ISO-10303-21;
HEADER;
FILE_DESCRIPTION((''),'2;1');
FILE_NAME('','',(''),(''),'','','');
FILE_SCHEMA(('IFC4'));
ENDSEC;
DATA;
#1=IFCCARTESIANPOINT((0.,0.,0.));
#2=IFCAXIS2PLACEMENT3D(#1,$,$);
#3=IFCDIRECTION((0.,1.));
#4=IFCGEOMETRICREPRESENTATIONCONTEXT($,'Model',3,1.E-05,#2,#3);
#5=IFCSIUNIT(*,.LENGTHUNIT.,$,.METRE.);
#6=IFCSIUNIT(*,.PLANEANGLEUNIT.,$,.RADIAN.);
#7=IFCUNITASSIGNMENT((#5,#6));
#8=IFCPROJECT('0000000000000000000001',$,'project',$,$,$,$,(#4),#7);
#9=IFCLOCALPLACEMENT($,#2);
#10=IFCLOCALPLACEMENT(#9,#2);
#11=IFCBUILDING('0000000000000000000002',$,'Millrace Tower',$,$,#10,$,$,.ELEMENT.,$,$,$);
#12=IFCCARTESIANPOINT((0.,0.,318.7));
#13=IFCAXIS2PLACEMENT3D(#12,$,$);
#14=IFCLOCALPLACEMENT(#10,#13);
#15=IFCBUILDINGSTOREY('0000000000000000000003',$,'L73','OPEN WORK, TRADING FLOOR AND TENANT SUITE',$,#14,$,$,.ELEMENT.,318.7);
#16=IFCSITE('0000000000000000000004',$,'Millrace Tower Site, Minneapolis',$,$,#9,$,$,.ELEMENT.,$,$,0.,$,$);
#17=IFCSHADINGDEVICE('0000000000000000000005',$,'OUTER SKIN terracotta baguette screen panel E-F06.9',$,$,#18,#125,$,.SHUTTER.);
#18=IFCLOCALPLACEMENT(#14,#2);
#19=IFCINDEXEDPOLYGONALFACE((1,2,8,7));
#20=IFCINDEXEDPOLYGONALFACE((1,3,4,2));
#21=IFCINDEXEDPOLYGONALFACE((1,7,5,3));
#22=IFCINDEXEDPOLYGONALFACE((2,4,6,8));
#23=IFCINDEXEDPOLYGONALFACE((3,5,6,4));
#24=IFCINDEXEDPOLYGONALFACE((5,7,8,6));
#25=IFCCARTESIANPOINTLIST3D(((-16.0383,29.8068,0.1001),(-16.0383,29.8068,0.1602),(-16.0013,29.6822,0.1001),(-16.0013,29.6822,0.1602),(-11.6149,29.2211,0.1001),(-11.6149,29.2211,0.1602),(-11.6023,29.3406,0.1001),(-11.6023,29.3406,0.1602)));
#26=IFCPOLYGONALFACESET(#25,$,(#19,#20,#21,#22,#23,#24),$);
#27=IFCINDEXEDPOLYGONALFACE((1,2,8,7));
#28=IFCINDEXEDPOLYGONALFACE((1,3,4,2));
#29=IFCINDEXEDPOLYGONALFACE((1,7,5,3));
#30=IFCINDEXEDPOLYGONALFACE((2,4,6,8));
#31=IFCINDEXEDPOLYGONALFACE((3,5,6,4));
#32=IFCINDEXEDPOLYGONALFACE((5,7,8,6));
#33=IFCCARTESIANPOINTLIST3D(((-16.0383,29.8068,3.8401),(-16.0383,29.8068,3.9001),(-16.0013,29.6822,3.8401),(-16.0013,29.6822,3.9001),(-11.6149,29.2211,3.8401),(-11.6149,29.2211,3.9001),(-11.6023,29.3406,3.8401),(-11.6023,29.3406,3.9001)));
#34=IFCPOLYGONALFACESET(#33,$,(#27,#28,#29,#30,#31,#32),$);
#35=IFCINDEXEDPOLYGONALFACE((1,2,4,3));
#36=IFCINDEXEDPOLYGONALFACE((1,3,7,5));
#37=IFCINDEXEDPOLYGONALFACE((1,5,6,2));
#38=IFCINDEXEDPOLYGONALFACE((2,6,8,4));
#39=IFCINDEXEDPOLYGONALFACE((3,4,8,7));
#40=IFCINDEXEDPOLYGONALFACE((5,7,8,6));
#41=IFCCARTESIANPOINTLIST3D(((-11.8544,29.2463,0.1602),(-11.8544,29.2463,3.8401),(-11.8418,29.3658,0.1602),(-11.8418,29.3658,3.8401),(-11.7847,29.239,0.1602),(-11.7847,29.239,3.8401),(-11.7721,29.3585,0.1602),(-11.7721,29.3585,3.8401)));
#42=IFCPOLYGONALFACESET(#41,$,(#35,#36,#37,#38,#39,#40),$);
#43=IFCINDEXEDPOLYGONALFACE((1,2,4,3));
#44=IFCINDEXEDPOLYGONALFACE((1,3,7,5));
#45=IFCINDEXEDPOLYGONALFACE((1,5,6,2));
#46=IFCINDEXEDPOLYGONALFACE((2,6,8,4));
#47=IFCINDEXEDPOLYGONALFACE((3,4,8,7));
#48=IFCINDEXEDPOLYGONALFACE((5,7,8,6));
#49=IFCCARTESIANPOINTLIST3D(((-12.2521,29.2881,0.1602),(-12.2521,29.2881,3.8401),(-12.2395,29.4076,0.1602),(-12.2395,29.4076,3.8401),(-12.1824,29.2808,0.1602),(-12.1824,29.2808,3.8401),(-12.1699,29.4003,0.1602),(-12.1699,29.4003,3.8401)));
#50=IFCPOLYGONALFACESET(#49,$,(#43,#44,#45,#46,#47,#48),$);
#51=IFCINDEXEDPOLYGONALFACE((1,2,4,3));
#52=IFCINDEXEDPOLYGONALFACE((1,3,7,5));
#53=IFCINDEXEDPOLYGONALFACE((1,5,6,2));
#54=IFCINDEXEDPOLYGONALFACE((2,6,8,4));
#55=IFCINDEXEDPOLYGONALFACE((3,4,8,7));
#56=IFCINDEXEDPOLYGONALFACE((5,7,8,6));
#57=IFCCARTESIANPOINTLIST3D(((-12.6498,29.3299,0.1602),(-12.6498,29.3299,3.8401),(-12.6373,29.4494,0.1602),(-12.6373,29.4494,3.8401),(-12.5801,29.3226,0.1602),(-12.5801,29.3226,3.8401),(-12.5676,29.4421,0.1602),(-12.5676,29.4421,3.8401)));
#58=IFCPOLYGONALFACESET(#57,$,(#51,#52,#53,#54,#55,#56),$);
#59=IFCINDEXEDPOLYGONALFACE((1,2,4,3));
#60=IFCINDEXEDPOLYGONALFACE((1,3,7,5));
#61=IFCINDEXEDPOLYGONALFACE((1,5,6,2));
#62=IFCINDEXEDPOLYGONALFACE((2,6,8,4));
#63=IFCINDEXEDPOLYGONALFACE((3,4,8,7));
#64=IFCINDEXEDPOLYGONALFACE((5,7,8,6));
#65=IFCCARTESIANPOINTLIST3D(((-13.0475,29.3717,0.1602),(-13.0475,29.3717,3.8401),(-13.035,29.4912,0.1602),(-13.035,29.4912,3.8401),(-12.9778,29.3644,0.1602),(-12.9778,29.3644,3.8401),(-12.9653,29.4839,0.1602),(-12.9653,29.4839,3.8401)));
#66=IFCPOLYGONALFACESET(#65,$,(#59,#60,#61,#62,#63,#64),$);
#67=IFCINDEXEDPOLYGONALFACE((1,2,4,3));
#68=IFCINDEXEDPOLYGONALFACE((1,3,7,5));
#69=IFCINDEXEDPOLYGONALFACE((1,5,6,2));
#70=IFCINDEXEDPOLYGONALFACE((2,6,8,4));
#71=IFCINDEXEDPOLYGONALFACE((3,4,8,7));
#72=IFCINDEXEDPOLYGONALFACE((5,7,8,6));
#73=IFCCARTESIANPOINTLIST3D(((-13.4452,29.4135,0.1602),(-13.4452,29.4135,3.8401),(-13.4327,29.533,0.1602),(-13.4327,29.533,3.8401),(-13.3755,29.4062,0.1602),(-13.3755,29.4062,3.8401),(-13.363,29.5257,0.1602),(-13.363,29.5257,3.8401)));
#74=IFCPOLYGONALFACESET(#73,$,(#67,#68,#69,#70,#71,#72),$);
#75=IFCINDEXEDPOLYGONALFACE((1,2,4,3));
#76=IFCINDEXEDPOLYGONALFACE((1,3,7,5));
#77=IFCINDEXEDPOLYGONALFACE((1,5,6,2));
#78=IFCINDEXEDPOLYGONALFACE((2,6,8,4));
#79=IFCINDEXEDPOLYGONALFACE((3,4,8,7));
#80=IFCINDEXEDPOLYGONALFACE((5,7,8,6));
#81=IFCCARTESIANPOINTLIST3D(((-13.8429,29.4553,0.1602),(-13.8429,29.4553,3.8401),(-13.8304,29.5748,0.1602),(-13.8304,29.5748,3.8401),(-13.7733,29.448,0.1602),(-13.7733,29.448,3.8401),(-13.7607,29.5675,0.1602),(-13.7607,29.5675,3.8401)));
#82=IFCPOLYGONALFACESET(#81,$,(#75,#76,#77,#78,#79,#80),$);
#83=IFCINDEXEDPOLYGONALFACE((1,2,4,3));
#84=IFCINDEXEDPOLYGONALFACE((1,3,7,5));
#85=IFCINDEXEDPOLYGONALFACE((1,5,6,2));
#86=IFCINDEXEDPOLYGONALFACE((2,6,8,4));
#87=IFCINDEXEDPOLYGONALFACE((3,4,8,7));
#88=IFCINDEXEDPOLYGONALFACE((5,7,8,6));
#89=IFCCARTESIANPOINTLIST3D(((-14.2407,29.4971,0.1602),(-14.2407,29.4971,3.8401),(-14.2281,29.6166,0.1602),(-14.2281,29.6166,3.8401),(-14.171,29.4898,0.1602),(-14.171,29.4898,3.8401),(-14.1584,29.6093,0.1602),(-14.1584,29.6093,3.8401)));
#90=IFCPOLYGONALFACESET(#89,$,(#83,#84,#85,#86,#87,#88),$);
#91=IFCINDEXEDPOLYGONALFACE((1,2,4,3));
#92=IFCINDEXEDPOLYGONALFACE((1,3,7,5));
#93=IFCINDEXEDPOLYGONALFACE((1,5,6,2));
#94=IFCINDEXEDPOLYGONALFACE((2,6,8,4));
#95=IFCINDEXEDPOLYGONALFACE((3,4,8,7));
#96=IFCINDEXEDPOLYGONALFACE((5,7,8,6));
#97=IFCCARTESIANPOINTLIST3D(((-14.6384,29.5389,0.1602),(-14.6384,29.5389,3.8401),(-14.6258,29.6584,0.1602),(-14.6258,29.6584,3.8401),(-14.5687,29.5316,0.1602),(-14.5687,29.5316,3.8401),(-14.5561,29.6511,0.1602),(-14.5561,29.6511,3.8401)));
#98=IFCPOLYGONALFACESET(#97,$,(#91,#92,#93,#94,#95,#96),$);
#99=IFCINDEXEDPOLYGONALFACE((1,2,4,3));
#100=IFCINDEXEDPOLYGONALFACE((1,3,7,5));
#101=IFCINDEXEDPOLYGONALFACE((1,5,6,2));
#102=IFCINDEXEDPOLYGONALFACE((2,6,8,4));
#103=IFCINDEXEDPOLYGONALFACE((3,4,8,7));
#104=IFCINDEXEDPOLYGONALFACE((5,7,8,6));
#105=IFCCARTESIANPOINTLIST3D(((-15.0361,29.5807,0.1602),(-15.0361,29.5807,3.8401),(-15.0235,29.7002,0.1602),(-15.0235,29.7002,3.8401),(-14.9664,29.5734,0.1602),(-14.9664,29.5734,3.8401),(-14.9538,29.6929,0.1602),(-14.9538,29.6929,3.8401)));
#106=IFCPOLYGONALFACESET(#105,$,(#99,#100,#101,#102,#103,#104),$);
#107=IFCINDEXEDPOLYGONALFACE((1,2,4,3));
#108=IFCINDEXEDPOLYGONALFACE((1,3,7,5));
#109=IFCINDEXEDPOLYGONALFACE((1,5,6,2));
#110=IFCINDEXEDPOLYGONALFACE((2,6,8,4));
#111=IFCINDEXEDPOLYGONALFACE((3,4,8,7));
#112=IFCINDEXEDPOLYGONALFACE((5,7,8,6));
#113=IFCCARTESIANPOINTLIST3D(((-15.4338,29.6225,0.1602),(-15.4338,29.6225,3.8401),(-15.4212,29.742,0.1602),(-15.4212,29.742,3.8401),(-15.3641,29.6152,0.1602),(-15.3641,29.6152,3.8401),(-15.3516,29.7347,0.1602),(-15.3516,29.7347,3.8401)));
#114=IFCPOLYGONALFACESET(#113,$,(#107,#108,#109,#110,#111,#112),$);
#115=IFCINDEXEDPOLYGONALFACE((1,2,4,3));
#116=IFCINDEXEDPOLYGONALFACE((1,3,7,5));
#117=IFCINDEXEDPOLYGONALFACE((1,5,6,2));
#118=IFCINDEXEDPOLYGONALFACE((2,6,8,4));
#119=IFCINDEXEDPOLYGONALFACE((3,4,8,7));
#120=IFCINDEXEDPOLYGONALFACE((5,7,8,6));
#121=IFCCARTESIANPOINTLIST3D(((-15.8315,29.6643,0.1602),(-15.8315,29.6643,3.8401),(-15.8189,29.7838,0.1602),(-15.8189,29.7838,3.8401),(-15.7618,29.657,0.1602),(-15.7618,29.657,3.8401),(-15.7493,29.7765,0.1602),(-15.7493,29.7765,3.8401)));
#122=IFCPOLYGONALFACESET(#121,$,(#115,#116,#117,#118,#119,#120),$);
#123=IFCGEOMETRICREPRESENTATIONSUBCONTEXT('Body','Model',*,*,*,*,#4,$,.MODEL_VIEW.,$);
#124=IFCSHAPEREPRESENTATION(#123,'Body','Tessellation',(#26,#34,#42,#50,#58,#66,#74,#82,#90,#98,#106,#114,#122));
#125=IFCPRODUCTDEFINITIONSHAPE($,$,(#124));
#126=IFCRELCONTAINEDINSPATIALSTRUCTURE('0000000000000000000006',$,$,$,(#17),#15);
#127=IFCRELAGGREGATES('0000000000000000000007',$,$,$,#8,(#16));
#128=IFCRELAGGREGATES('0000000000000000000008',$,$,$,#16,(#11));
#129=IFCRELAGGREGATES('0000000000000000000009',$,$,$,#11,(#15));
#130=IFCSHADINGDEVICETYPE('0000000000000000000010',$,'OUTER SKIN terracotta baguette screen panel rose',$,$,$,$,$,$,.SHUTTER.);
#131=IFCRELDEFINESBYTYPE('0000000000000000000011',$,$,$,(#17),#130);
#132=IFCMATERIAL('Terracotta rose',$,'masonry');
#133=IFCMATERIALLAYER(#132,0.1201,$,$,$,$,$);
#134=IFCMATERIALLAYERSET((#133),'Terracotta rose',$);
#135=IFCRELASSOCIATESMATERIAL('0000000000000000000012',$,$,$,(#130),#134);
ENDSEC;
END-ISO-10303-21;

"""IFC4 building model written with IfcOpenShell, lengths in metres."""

from ifc_helpers import new_model, entity, si_unit, direction, frame, frame_2d, origin, place, context, subcontext, project, spatial, rectangle, extrude, source, transform, mapped, material, layer, layer_set, type_object, element, save


model = new_model("IFC4")

# Units and contexts
model_context = context("Model", 3, precision=1e-05, world=origin(), true_north=direction((0.0, 1.0)))
body_context = subcontext(model_context, "Body", "Model", "MODEL_VIEW")
ifc_project = project(units=[si_unit("LENGTHUNIT", "METRE"), si_unit("PLANEANGLEUNIT", "RADIAN")], contexts=[model_context])

# Site, building, storey
site_placement = place(None, origin())
site = spatial("IfcSite", under=ifc_project, at=site_placement, Name="Millrace Tower Site, Minneapolis", CompositionType="ELEMENT", RefElevation=0.0)
building_placement = place(site_placement, origin())
building = spatial("IfcBuilding", under=site, at=building_placement, Name="Millrace Tower", CompositionType="ELEMENT")
storey_placement = place(building_placement, frame((0.0, 0.0, 318.7)))
storey = spatial("IfcBuildingStorey", under=building, at=storey_placement, Name="L73", Description="OPEN WORK, TRADING FLOOR AND TENANT SUITE", CompositionType="ELEMENT", Elevation=318.7)

# Shading device
ifc_material_1 = material(Name="Terracotta rose", Category="masonry")
ifc_layer_1 = layer(ifc_material_1, 0.1201)
ifc_layer_set_1 = layer_set([ifc_layer_1], Name="Terracotta rose")
shading_device_type = type_object("IfcShadingDeviceType", Name="OUTER SKIN terracotta baguette screen panel rose", PredefinedType="SHUTTER", material=ifc_layer_set_1)
cartesian_point_1 = entity("IfcCartesianPoint", [-2.2178, 0.0601])
shared_polyline_1 = entity("IfcPolyline", [cartesian_point_1, entity("IfcCartesianPoint", [2.1929, 0.0601]), entity("IfcCartesianPoint", [2.2427, -0.0601]), entity("IfcCartesianPoint", [-2.2178, -0.0601]), cartesian_point_1])
shared_shape_1 = source(origin(), body_context, "Body", "SweptSolid", [
    entity("IfcExtrudedAreaSolid", entity("IfcArbitraryClosedProfileDef", "AREA", None, shared_polyline_1), entity("IfcAxis2Placement3D", entity("IfcCartesianPoint", [0.0, 0.0, 0.0])), entity("IfcDirection", [0.0, 0.0, 1.0]), 0.0601),
    entity("IfcExtrudedAreaSolid", entity("IfcArbitraryClosedProfileDef", "AREA", None, shared_polyline_1), entity("IfcAxis2Placement3D", entity("IfcCartesianPoint", [0.0, 0.0, 3.74])), entity("IfcDirection", [0.0, 0.0, 1.0]), 0.0601),
    extrude(rectangle(XDim=0.0701, YDim=0.1201, at=frame_2d((-2.012, 0.0))), frame((0.0, 0.0, 0.0601)), (0.0, 0.0, 1.0), 3.6799),
    extrude(rectangle(XDim=0.0701, YDim=0.1201, at=frame_2d((-1.6121, 0.0))), frame((0.0, 0.0, 0.0601)), (0.0, 0.0, 1.0), 3.6799),
    extrude(rectangle(XDim=0.0701, YDim=0.1201, at=frame_2d((-1.2122, 0.0))), frame((0.0, 0.0, 0.0601)), (0.0, 0.0, 1.0), 3.6799),
    extrude(rectangle(XDim=0.0701, YDim=0.1201, at=frame_2d((-0.8123, 0.0))), frame((0.0, 0.0, 0.0601)), (0.0, 0.0, 1.0), 3.6799),
    extrude(rectangle(XDim=0.0701, YDim=0.1201, at=frame_2d((-0.4124, 0.0))), frame((0.0, 0.0, 0.0601)), (0.0, 0.0, 1.0), 3.6799),
    extrude(rectangle(XDim=0.0701, YDim=0.1201, at=frame_2d((-0.0125, 0.0))), frame((0.0, 0.0, 0.0601)), (0.0, 0.0, 1.0), 3.6799),
    extrude(rectangle(XDim=0.0701, YDim=0.1201, at=frame_2d((0.3875, 0.0))), frame((0.0, 0.0, 0.0601)), (0.0, 0.0, 1.0), 3.6799),
    extrude(rectangle(XDim=0.0701, YDim=0.1201, at=frame_2d((0.7874, 0.0))), frame((0.0, 0.0, 0.0601)), (0.0, 0.0, 1.0), 3.6799),
    extrude(rectangle(XDim=0.0701, YDim=0.1201, at=frame_2d((1.1873, 0.0))), frame((0.0, 0.0, 0.0601)), (0.0, 0.0, 1.0), 3.6799),
    extrude(rectangle(XDim=0.0701, YDim=0.1201, at=frame_2d((1.5872, 0.0))), frame((0.0, 0.0, 0.0601)), (0.0, 0.0, 1.0), 3.6799),
    extrude(rectangle(XDim=0.0701, YDim=0.1201, at=frame_2d((1.9871, 0.0))), frame((0.0, 0.0, 0.0601)), (0.0, 0.0, 1.0), 3.6799),
])
shading_device_placement = place(storey_placement, frame((-13.8142, 29.5127, 0.1001), z_axis=(0.0, 0.0, 1.0), x_axis=(-0.994522, 0.104528, 0.0)))
element("IfcShadingDevice", 1, at=shading_device_placement, inside=storey, type_object=shading_device_type, Name="OUTER SKIN terracotta baguette screen panel E-F06.9", PredefinedType="SHUTTER", context=body_context, shape_type="MappedRepresentation", body=[
    mapped(shared_shape_1, transform((0.0, 0.0, 0.0), scale=1.0)),
])

save(model, "model.ifc")
